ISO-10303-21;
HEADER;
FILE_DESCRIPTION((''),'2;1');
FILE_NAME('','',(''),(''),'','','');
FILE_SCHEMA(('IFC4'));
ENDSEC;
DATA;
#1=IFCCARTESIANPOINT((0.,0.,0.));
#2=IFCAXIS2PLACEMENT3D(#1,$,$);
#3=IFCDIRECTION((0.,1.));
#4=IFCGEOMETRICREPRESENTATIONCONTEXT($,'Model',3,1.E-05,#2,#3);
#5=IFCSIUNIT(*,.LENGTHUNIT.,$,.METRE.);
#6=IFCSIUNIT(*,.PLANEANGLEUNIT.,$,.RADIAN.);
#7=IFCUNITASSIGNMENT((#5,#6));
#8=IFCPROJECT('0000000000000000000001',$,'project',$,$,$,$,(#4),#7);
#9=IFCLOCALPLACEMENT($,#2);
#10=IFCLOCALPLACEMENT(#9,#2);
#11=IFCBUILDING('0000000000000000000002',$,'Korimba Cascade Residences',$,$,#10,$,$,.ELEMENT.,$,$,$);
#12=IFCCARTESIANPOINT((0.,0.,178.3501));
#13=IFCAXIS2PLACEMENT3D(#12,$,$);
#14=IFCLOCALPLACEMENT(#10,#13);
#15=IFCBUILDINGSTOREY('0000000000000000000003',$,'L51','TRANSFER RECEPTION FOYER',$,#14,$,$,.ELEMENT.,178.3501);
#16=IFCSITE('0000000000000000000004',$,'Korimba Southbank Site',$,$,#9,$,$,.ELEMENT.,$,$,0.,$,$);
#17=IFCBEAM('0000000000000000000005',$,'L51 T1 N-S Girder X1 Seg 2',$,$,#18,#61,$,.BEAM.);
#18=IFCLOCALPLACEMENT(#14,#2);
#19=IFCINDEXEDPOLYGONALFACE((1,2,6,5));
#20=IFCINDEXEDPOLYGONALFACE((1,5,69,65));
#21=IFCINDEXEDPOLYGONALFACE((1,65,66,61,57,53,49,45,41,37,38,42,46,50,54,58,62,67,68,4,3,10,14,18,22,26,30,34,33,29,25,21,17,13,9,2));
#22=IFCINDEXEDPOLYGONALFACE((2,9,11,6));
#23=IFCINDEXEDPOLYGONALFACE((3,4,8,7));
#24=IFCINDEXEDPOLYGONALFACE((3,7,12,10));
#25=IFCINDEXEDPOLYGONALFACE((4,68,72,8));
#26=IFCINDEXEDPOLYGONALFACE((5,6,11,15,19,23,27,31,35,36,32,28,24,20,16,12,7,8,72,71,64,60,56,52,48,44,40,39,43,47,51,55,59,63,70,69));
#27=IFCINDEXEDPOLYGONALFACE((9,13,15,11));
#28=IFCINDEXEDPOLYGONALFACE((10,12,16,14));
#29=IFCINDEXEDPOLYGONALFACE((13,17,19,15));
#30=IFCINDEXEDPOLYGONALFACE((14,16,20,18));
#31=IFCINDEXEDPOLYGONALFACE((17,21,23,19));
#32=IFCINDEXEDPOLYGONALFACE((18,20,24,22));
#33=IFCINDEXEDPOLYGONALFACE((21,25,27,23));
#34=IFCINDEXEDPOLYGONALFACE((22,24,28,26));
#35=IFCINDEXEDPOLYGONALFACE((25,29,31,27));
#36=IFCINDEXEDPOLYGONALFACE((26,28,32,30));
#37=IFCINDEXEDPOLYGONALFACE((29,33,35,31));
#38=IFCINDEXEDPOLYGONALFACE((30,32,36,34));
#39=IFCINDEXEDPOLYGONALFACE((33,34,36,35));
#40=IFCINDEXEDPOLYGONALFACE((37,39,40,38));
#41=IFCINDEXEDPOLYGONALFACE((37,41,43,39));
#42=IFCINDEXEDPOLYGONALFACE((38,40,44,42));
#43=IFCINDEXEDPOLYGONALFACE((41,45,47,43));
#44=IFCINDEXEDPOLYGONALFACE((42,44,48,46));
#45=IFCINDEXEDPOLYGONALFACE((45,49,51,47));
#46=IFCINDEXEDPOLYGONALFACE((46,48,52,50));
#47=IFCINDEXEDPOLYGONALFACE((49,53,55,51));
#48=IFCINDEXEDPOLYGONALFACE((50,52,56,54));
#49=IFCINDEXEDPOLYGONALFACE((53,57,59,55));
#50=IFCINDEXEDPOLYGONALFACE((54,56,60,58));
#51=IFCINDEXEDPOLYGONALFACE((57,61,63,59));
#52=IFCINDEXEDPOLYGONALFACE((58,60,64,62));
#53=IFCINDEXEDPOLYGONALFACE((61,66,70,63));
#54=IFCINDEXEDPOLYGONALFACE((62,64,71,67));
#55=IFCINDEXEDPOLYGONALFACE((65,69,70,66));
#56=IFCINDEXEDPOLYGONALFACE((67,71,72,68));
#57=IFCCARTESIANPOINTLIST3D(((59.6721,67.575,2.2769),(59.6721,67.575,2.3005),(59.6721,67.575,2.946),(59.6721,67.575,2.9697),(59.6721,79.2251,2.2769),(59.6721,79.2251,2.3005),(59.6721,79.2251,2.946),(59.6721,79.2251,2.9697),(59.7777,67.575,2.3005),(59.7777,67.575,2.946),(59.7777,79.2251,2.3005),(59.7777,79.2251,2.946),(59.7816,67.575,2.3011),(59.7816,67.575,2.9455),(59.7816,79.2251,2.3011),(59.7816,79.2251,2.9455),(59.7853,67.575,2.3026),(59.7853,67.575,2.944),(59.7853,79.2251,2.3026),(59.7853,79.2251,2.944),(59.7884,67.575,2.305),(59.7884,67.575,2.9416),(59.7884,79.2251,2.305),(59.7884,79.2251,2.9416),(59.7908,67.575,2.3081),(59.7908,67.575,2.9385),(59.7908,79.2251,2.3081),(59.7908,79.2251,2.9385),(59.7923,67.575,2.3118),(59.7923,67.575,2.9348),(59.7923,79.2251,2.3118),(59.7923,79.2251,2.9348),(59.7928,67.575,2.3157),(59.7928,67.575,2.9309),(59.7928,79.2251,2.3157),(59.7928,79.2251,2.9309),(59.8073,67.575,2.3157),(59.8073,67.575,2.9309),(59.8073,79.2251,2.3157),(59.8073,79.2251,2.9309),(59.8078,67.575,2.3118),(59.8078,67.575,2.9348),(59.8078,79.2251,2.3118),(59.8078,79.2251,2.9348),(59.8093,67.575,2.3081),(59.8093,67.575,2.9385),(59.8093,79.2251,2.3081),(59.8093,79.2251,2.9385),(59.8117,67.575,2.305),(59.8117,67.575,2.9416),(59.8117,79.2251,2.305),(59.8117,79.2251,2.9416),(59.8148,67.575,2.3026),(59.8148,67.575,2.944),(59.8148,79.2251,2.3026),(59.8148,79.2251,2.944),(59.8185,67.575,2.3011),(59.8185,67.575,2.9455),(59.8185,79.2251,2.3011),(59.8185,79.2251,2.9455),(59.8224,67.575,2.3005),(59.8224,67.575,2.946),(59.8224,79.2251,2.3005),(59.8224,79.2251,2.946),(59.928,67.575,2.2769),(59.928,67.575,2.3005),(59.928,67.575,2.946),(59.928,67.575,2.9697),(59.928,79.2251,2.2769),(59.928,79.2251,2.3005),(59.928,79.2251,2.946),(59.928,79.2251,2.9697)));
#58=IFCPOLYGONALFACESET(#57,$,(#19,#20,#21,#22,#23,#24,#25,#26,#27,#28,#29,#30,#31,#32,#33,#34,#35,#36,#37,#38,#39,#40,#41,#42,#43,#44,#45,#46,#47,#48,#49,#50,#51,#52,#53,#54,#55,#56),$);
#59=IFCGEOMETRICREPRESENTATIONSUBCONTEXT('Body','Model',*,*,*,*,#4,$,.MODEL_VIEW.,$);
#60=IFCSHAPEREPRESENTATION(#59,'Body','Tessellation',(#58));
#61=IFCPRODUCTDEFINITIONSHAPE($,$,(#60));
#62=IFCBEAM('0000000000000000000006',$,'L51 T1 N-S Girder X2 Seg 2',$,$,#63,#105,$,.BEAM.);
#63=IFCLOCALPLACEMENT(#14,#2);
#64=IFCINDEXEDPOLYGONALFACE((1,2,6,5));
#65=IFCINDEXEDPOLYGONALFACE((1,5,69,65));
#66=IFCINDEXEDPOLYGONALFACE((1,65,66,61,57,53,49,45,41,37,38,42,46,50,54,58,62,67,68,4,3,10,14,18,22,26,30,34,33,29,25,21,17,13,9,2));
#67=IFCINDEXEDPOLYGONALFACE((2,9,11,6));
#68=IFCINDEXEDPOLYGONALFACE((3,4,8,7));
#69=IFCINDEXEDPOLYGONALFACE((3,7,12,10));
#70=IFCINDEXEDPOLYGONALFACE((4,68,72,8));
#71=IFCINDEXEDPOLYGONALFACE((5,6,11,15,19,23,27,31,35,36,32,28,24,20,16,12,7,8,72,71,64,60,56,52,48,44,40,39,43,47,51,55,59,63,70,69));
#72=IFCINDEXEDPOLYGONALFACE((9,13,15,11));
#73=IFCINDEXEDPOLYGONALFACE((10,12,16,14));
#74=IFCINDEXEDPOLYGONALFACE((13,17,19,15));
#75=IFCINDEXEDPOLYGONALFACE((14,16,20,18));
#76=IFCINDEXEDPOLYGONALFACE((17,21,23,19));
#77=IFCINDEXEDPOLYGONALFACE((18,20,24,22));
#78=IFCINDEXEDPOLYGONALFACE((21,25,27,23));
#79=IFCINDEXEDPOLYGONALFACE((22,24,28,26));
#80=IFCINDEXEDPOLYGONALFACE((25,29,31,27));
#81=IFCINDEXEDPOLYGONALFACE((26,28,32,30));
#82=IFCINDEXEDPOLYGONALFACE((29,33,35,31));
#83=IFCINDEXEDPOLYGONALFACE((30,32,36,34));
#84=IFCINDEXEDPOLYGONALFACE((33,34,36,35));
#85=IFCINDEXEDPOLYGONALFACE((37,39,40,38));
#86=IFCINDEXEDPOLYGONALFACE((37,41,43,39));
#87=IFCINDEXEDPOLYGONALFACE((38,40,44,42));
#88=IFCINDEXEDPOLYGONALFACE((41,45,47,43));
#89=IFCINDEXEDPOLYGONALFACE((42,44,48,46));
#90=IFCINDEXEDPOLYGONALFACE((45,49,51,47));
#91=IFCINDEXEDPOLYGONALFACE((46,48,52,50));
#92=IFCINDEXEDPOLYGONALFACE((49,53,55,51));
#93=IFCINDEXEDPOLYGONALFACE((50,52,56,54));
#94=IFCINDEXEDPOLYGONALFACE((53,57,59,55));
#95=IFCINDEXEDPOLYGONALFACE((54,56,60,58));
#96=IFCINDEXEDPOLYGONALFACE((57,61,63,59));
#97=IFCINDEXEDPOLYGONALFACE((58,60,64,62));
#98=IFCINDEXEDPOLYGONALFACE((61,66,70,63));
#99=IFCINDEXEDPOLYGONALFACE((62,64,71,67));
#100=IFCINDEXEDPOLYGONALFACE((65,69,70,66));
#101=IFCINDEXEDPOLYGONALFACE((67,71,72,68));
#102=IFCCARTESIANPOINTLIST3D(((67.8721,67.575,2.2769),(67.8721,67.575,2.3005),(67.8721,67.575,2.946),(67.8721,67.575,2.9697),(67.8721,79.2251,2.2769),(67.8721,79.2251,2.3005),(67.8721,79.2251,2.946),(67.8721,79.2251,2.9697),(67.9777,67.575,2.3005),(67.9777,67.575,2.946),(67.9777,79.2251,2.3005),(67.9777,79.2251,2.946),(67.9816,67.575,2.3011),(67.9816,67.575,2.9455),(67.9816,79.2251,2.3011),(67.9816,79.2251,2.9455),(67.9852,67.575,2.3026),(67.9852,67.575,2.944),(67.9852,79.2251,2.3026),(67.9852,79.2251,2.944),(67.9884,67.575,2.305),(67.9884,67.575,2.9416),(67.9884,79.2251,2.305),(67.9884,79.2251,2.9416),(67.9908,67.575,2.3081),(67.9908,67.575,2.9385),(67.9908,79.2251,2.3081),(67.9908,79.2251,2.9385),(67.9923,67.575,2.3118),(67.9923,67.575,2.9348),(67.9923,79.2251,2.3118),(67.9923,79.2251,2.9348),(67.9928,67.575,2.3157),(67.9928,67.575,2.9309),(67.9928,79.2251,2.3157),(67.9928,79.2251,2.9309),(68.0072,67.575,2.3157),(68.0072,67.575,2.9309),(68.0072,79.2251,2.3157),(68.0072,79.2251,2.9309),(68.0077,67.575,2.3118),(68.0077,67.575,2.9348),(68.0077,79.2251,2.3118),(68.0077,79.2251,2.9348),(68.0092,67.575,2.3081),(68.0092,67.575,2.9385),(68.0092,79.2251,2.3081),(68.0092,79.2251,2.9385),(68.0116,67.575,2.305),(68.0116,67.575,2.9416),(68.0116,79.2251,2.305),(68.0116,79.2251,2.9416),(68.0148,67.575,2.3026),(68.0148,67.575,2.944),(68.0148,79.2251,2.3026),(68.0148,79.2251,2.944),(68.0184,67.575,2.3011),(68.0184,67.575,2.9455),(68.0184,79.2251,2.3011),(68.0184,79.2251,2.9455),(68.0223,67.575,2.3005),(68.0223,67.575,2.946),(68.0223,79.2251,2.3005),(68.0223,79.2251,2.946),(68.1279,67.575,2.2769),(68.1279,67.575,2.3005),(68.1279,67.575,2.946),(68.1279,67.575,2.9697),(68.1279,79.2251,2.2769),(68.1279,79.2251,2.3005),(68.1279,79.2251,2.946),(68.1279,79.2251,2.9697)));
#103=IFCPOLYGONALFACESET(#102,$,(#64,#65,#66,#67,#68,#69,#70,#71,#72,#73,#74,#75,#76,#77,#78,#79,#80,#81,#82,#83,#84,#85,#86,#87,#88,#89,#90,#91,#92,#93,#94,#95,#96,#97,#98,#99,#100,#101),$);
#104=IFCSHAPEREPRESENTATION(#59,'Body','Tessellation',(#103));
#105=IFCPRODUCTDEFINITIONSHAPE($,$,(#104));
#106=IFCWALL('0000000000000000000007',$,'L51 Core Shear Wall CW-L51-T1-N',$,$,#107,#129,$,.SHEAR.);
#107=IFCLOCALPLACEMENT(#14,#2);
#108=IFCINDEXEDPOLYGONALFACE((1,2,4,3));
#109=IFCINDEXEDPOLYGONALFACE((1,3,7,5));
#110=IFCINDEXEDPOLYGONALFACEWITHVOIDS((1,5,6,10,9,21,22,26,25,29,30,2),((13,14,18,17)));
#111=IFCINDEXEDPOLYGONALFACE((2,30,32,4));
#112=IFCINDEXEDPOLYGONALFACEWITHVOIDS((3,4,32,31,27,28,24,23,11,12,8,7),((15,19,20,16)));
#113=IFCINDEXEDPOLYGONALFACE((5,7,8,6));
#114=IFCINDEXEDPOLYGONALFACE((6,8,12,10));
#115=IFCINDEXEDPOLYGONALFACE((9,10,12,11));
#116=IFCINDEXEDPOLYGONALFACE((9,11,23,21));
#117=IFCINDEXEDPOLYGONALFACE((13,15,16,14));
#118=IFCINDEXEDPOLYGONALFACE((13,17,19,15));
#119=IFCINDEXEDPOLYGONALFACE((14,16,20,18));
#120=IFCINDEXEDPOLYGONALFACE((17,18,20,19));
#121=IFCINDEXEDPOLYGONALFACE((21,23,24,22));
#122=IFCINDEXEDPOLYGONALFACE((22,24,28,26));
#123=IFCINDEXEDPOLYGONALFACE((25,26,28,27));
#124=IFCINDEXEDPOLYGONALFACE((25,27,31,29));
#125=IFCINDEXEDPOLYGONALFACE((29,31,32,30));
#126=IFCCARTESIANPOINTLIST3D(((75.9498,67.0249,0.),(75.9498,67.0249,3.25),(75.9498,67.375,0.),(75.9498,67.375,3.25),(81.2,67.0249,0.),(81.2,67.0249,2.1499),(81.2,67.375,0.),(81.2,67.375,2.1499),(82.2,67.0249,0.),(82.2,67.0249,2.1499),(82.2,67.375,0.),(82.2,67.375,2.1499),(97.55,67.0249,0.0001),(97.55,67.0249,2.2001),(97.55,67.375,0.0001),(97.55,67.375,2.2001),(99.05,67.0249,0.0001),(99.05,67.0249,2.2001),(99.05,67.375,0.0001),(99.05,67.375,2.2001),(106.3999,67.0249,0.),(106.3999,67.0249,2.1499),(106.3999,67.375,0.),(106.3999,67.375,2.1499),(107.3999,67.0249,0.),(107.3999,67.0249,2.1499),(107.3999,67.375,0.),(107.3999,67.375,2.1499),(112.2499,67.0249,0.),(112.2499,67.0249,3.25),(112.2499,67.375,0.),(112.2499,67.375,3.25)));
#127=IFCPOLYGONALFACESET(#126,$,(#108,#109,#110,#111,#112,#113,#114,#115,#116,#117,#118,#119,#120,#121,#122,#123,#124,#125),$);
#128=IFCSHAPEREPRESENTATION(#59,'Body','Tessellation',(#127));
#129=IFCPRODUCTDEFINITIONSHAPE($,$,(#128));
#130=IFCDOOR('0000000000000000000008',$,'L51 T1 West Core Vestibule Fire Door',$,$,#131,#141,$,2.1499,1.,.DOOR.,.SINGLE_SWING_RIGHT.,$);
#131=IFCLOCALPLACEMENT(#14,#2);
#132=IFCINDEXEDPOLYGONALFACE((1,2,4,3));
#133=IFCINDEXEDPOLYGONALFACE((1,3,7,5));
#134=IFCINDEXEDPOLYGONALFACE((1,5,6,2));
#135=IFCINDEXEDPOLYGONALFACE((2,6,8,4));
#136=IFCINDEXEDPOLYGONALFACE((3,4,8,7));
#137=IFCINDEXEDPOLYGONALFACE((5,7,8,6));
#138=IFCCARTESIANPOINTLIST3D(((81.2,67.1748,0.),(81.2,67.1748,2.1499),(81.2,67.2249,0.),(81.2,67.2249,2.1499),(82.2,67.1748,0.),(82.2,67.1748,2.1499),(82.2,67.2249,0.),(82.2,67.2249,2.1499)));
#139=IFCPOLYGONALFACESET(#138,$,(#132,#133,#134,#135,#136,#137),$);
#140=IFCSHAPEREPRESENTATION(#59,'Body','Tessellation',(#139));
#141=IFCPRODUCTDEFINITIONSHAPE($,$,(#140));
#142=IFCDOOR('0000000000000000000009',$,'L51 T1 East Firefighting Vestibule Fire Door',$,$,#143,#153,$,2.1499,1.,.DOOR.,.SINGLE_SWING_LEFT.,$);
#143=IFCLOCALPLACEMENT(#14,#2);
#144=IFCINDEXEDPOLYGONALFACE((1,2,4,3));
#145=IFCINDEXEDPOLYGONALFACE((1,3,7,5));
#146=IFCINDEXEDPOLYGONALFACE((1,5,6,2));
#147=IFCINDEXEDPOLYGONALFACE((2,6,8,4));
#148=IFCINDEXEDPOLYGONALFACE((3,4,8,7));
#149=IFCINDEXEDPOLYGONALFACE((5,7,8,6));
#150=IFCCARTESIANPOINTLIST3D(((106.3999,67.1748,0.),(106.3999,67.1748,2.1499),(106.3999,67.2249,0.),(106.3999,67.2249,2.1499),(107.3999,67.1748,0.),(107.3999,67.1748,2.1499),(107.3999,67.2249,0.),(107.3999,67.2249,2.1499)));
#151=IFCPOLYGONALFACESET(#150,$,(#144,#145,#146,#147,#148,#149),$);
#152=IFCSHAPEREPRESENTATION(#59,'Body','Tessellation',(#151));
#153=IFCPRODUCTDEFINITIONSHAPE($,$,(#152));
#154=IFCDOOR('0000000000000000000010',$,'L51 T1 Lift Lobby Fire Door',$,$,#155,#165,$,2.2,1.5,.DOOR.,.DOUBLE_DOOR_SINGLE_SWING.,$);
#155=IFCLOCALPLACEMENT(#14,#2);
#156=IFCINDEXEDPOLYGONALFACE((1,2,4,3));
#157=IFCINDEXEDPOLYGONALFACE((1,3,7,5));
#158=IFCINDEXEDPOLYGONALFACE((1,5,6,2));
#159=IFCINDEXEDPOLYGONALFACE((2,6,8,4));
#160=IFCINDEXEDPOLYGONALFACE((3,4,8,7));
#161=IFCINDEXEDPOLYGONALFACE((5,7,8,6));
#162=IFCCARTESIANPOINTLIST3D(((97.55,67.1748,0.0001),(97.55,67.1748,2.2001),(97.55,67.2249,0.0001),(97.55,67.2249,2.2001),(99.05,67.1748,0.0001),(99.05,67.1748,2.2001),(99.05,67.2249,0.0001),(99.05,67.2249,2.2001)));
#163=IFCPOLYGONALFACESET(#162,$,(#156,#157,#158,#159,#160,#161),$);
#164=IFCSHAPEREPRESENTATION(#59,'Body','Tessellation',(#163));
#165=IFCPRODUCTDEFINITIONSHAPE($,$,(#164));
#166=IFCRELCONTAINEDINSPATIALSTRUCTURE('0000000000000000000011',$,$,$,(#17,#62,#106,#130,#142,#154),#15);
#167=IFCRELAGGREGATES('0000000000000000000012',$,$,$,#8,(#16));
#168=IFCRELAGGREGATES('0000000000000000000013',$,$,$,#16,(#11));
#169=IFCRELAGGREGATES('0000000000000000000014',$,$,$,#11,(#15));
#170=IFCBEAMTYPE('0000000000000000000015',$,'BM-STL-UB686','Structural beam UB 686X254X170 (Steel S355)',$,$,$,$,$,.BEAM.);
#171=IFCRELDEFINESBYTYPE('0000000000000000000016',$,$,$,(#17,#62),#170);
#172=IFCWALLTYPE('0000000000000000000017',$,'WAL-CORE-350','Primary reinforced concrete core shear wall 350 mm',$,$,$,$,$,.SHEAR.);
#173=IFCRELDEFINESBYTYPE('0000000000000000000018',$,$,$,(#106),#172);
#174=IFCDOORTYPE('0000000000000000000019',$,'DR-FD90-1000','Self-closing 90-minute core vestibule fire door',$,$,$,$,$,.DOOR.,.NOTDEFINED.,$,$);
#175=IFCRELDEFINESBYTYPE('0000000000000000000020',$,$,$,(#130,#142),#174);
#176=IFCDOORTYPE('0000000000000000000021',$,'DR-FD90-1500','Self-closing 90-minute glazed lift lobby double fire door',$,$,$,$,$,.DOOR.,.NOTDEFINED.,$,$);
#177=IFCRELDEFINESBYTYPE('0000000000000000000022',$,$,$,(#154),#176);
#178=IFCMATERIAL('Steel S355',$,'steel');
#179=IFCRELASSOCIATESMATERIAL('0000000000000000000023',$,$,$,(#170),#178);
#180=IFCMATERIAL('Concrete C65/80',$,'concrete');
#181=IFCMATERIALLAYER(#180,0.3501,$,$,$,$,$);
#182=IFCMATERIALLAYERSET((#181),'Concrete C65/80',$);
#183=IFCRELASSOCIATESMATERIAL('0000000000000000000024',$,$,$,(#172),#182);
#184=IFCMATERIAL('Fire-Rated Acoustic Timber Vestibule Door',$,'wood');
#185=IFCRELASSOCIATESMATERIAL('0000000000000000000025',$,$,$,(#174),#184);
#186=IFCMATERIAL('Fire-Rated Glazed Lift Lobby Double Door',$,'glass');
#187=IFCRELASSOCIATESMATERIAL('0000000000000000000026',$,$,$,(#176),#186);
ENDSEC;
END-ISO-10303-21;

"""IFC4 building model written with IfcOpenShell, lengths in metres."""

from ifc_helpers import new_model, si_unit, direction, frame, frame_2d, origin, origin_2d, place, context, subcontext, project, spatial, rectangle, i_section, extrude, material, layer, layer_set, material_profile, profile_set, type_object, element, fill, save


model = new_model("IFC4")

# Units and contexts
model_context = context("Model", 3, precision=1e-05, world=origin(), true_north=direction((0.0, 1.0)))
body_context = subcontext(model_context, "Body", "Model", "MODEL_VIEW")
ifc_project = project(units=[si_unit("LENGTHUNIT", "METRE"), si_unit("PLANEANGLEUNIT", "RADIAN")], contexts=[model_context])

# Site, building, storey
site_placement = place(None, origin())
site = spatial("IfcSite", under=ifc_project, at=site_placement, Name="Korimba Southbank Site", CompositionType="ELEMENT", RefElevation=0.0)
building_placement = place(site_placement, origin())
building = spatial("IfcBuilding", under=site, at=building_placement, Name="Korimba Cascade Residences", CompositionType="ELEMENT")
storey_placement = place(building_placement, frame((0.0, 0.0, 178.3501)))
storey = spatial("IfcBuildingStorey", under=building, at=storey_placement, Name="L51", Description="TRANSFER RECEPTION FOYER", CompositionType="ELEMENT", Elevation=178.3501)

# Shared definitions
ifc_material_1 = material(Name="Concrete C65/80", Category="concrete")

# Beams
ifc_material_2 = material(Name="Steel S355", Category="steel")
ifc_material_profile_1 = material_profile(ifc_material_2, i_section(OverallWidth=0.2559, OverallDepth=0.6929, WebThickness=0.0144, FlangeThickness=0.0237, FilletRadius=0.0151, at=origin_2d()), Name="Steel S355")
ifc_profile_set_1 = profile_set([ifc_material_profile_1], Name="Steel S355")
beam_type_1 = type_object("IfcBeamType", Name="BM-STL-UB686", Description="Structural beam UB 686X254X170 (Steel S355)", PredefinedType="BEAM", material=ifc_profile_set_1)
for number, where, z_axis, x_axis, name in (
    (1, (59.8, 67.575, 2.6233), (0.0, 1.0, 0.0), (-1.0, 0.0, 0.0), "L51 T1 N-S Girder X1 Seg 2"),
    (2, (68.0, 67.575, 2.6233), (0.0, 1.0, 0.0), (-1.0, 0.0, 0.0), "L51 T1 N-S Girder X2 Seg 2"),
):
    element("IfcBeam", number, at=place(storey_placement, frame(where, z_axis=z_axis, x_axis=x_axis)), inside=storey, type_object=beam_type_1, Name=name, PredefinedType="BEAM", context=body_context, shape_type="SweptSolid", body=[
        extrude(i_section(OverallWidth=0.2559, OverallDepth=0.6929, WebThickness=0.0144, FlangeThickness=0.0237, FilletRadius=0.0151, at=origin_2d()), origin(), (0.0, 0.0, 1.0), 11.6501),
    ])

# Wall, openings, doors
ifc_layer_1 = layer(ifc_material_1, 0.3501)
ifc_layer_set_1 = layer_set([ifc_layer_1], Name="Concrete C65/80")
wall_type_1 = type_object("IfcWallType", Name="WAL-CORE-350", Description="Primary reinforced concrete core shear wall 350 mm", PredefinedType="SHEAR", material=ifc_layer_set_1)
wall_1_placement = place(storey_placement, frame((75.95, 67.2, 0.0), z_axis=(0.0, 0.0, 1.0), x_axis=(1.0, 0.0, 0.0)))
wall_1 = element("IfcWall", 3, at=wall_1_placement, inside=storey, type_object=wall_type_1, Name="L51 Core Shear Wall CW-L51-T1-N", PredefinedType="SHEAR", context=body_context, shape_type="SweptSolid", body=[
    extrude(rectangle(XDim=36.3, YDim=0.3501, at=frame_2d((18.1499, 0.0))), origin(), (0.0, 0.0, 1.0), 3.25),
])
opening_1_placement = place(wall_1_placement, frame((5.25, 0.0, 0.0)))
opening_1 = element("IfcOpeningElement", 4, at=opening_1_placement, cuts=wall_1, PredefinedType="OPENING", context=body_context, shape_type="SweptSolid", body=[
    extrude(rectangle(XDim=1.0, YDim=2.1499, at=frame_2d((0.5, 1.075))), frame((0.0, 0.1851, 0.0), z_axis=(0.0, -1.0, 0.0), x_axis=(1.0, 0.0, 0.0)), (0.0, 0.0, 1.0), 0.3701),
])
opening_2_placement = place(wall_1_placement, frame((21.6001, 0.0, 0.0)))
opening_2 = element("IfcOpeningElement", 5, at=opening_2_placement, cuts=wall_1, PredefinedType="OPENING", context=body_context, shape_type="SweptSolid", body=[
    extrude(rectangle(XDim=1.5, YDim=2.2, at=frame_2d((0.75, 1.1001))), frame((0.0, 0.1851, 0.0), z_axis=(0.0, -1.0, 0.0), x_axis=(1.0, 0.0, 0.0)), (0.0, 0.0, 1.0), 0.3701),
])
opening_3_placement = place(wall_1_placement, frame((30.45, 0.0, 0.0)))
opening_3 = element("IfcOpeningElement", 6, at=opening_3_placement, cuts=wall_1, PredefinedType="OPENING", context=body_context, shape_type="SweptSolid", body=[
    extrude(rectangle(XDim=1.0, YDim=2.1499, at=frame_2d((0.5, 1.075))), frame((0.0, 0.1851, 0.0), z_axis=(0.0, -1.0, 0.0), x_axis=(1.0, 0.0, 0.0)), (0.0, 0.0, 1.0), 0.3701),
])
ifc_material_3 = material(Name="Fire-Rated Acoustic Timber Vestibule Door", Category="wood")
door_type_1 = type_object("IfcDoorType", Name="DR-FD90-1000", Description="Self-closing 90-minute core vestibule fire door", OperationType="NOTDEFINED", PredefinedType="DOOR", material=ifc_material_3)
door_1_placement = place(opening_1_placement, origin())
door_1 = element("IfcDoor", 7, at=door_1_placement, inside=storey, type_object=door_type_1, Name="L51 T1 West Core Vestibule Fire Door", OperationType="SINGLE_SWING_RIGHT", OverallHeight=2.1499, OverallWidth=1.0, PredefinedType="DOOR", context=body_context, shape_type="SweptSolid", body=[
    extrude(rectangle(XDim=1.0, YDim=2.1499, at=frame_2d((0.5, 1.075))), frame((0.0, 0.0249, 0.0), z_axis=(0.0, -1.0, 0.0), x_axis=(1.0, 0.0, 0.0)), (0.0, 0.0, 1.0), 0.05),
])
fill(opening_1, door_1)
door_2_placement = place(opening_3_placement, origin())
door_2 = element("IfcDoor", 8, at=door_2_placement, inside=storey, type_object=door_type_1, Name="L51 T1 East Firefighting Vestibule Fire Door", OperationType="SINGLE_SWING_LEFT", OverallHeight=2.1499, OverallWidth=1.0, PredefinedType="DOOR", context=body_context, shape_type="SweptSolid", body=[
    extrude(rectangle(XDim=1.0, YDim=2.1499, at=frame_2d((0.5, 1.075))), frame((0.0, 0.0249, 0.0), z_axis=(0.0, -1.0, 0.0), x_axis=(1.0, 0.0, 0.0)), (0.0, 0.0, 1.0), 0.05),
])
fill(opening_3, door_2)
ifc_material_4 = material(Name="Fire-Rated Glazed Lift Lobby Double Door", Category="glass")
door_type_2 = type_object("IfcDoorType", Name="DR-FD90-1500", Description="Self-closing 90-minute glazed lift lobby double fire door", OperationType="NOTDEFINED", PredefinedType="DOOR", material=ifc_material_4)
door_3_placement = place(opening_2_placement, origin())
door_3 = element("IfcDoor", 9, at=door_3_placement, inside=storey, type_object=door_type_2, Name="L51 T1 Lift Lobby Fire Door", OperationType="DOUBLE_DOOR_SINGLE_SWING", OverallHeight=2.2, OverallWidth=1.5, PredefinedType="DOOR", context=body_context, shape_type="SweptSolid", body=[
    extrude(rectangle(XDim=1.5, YDim=2.2, at=frame_2d((0.75, 1.1001))), frame((0.0, 0.0249, 0.0), z_axis=(0.0, -1.0, 0.0), x_axis=(1.0, 0.0, 0.0)), (0.0, 0.0, 1.0), 0.05),
])
fill(opening_2, door_3)

save(model, "model.ifc")
